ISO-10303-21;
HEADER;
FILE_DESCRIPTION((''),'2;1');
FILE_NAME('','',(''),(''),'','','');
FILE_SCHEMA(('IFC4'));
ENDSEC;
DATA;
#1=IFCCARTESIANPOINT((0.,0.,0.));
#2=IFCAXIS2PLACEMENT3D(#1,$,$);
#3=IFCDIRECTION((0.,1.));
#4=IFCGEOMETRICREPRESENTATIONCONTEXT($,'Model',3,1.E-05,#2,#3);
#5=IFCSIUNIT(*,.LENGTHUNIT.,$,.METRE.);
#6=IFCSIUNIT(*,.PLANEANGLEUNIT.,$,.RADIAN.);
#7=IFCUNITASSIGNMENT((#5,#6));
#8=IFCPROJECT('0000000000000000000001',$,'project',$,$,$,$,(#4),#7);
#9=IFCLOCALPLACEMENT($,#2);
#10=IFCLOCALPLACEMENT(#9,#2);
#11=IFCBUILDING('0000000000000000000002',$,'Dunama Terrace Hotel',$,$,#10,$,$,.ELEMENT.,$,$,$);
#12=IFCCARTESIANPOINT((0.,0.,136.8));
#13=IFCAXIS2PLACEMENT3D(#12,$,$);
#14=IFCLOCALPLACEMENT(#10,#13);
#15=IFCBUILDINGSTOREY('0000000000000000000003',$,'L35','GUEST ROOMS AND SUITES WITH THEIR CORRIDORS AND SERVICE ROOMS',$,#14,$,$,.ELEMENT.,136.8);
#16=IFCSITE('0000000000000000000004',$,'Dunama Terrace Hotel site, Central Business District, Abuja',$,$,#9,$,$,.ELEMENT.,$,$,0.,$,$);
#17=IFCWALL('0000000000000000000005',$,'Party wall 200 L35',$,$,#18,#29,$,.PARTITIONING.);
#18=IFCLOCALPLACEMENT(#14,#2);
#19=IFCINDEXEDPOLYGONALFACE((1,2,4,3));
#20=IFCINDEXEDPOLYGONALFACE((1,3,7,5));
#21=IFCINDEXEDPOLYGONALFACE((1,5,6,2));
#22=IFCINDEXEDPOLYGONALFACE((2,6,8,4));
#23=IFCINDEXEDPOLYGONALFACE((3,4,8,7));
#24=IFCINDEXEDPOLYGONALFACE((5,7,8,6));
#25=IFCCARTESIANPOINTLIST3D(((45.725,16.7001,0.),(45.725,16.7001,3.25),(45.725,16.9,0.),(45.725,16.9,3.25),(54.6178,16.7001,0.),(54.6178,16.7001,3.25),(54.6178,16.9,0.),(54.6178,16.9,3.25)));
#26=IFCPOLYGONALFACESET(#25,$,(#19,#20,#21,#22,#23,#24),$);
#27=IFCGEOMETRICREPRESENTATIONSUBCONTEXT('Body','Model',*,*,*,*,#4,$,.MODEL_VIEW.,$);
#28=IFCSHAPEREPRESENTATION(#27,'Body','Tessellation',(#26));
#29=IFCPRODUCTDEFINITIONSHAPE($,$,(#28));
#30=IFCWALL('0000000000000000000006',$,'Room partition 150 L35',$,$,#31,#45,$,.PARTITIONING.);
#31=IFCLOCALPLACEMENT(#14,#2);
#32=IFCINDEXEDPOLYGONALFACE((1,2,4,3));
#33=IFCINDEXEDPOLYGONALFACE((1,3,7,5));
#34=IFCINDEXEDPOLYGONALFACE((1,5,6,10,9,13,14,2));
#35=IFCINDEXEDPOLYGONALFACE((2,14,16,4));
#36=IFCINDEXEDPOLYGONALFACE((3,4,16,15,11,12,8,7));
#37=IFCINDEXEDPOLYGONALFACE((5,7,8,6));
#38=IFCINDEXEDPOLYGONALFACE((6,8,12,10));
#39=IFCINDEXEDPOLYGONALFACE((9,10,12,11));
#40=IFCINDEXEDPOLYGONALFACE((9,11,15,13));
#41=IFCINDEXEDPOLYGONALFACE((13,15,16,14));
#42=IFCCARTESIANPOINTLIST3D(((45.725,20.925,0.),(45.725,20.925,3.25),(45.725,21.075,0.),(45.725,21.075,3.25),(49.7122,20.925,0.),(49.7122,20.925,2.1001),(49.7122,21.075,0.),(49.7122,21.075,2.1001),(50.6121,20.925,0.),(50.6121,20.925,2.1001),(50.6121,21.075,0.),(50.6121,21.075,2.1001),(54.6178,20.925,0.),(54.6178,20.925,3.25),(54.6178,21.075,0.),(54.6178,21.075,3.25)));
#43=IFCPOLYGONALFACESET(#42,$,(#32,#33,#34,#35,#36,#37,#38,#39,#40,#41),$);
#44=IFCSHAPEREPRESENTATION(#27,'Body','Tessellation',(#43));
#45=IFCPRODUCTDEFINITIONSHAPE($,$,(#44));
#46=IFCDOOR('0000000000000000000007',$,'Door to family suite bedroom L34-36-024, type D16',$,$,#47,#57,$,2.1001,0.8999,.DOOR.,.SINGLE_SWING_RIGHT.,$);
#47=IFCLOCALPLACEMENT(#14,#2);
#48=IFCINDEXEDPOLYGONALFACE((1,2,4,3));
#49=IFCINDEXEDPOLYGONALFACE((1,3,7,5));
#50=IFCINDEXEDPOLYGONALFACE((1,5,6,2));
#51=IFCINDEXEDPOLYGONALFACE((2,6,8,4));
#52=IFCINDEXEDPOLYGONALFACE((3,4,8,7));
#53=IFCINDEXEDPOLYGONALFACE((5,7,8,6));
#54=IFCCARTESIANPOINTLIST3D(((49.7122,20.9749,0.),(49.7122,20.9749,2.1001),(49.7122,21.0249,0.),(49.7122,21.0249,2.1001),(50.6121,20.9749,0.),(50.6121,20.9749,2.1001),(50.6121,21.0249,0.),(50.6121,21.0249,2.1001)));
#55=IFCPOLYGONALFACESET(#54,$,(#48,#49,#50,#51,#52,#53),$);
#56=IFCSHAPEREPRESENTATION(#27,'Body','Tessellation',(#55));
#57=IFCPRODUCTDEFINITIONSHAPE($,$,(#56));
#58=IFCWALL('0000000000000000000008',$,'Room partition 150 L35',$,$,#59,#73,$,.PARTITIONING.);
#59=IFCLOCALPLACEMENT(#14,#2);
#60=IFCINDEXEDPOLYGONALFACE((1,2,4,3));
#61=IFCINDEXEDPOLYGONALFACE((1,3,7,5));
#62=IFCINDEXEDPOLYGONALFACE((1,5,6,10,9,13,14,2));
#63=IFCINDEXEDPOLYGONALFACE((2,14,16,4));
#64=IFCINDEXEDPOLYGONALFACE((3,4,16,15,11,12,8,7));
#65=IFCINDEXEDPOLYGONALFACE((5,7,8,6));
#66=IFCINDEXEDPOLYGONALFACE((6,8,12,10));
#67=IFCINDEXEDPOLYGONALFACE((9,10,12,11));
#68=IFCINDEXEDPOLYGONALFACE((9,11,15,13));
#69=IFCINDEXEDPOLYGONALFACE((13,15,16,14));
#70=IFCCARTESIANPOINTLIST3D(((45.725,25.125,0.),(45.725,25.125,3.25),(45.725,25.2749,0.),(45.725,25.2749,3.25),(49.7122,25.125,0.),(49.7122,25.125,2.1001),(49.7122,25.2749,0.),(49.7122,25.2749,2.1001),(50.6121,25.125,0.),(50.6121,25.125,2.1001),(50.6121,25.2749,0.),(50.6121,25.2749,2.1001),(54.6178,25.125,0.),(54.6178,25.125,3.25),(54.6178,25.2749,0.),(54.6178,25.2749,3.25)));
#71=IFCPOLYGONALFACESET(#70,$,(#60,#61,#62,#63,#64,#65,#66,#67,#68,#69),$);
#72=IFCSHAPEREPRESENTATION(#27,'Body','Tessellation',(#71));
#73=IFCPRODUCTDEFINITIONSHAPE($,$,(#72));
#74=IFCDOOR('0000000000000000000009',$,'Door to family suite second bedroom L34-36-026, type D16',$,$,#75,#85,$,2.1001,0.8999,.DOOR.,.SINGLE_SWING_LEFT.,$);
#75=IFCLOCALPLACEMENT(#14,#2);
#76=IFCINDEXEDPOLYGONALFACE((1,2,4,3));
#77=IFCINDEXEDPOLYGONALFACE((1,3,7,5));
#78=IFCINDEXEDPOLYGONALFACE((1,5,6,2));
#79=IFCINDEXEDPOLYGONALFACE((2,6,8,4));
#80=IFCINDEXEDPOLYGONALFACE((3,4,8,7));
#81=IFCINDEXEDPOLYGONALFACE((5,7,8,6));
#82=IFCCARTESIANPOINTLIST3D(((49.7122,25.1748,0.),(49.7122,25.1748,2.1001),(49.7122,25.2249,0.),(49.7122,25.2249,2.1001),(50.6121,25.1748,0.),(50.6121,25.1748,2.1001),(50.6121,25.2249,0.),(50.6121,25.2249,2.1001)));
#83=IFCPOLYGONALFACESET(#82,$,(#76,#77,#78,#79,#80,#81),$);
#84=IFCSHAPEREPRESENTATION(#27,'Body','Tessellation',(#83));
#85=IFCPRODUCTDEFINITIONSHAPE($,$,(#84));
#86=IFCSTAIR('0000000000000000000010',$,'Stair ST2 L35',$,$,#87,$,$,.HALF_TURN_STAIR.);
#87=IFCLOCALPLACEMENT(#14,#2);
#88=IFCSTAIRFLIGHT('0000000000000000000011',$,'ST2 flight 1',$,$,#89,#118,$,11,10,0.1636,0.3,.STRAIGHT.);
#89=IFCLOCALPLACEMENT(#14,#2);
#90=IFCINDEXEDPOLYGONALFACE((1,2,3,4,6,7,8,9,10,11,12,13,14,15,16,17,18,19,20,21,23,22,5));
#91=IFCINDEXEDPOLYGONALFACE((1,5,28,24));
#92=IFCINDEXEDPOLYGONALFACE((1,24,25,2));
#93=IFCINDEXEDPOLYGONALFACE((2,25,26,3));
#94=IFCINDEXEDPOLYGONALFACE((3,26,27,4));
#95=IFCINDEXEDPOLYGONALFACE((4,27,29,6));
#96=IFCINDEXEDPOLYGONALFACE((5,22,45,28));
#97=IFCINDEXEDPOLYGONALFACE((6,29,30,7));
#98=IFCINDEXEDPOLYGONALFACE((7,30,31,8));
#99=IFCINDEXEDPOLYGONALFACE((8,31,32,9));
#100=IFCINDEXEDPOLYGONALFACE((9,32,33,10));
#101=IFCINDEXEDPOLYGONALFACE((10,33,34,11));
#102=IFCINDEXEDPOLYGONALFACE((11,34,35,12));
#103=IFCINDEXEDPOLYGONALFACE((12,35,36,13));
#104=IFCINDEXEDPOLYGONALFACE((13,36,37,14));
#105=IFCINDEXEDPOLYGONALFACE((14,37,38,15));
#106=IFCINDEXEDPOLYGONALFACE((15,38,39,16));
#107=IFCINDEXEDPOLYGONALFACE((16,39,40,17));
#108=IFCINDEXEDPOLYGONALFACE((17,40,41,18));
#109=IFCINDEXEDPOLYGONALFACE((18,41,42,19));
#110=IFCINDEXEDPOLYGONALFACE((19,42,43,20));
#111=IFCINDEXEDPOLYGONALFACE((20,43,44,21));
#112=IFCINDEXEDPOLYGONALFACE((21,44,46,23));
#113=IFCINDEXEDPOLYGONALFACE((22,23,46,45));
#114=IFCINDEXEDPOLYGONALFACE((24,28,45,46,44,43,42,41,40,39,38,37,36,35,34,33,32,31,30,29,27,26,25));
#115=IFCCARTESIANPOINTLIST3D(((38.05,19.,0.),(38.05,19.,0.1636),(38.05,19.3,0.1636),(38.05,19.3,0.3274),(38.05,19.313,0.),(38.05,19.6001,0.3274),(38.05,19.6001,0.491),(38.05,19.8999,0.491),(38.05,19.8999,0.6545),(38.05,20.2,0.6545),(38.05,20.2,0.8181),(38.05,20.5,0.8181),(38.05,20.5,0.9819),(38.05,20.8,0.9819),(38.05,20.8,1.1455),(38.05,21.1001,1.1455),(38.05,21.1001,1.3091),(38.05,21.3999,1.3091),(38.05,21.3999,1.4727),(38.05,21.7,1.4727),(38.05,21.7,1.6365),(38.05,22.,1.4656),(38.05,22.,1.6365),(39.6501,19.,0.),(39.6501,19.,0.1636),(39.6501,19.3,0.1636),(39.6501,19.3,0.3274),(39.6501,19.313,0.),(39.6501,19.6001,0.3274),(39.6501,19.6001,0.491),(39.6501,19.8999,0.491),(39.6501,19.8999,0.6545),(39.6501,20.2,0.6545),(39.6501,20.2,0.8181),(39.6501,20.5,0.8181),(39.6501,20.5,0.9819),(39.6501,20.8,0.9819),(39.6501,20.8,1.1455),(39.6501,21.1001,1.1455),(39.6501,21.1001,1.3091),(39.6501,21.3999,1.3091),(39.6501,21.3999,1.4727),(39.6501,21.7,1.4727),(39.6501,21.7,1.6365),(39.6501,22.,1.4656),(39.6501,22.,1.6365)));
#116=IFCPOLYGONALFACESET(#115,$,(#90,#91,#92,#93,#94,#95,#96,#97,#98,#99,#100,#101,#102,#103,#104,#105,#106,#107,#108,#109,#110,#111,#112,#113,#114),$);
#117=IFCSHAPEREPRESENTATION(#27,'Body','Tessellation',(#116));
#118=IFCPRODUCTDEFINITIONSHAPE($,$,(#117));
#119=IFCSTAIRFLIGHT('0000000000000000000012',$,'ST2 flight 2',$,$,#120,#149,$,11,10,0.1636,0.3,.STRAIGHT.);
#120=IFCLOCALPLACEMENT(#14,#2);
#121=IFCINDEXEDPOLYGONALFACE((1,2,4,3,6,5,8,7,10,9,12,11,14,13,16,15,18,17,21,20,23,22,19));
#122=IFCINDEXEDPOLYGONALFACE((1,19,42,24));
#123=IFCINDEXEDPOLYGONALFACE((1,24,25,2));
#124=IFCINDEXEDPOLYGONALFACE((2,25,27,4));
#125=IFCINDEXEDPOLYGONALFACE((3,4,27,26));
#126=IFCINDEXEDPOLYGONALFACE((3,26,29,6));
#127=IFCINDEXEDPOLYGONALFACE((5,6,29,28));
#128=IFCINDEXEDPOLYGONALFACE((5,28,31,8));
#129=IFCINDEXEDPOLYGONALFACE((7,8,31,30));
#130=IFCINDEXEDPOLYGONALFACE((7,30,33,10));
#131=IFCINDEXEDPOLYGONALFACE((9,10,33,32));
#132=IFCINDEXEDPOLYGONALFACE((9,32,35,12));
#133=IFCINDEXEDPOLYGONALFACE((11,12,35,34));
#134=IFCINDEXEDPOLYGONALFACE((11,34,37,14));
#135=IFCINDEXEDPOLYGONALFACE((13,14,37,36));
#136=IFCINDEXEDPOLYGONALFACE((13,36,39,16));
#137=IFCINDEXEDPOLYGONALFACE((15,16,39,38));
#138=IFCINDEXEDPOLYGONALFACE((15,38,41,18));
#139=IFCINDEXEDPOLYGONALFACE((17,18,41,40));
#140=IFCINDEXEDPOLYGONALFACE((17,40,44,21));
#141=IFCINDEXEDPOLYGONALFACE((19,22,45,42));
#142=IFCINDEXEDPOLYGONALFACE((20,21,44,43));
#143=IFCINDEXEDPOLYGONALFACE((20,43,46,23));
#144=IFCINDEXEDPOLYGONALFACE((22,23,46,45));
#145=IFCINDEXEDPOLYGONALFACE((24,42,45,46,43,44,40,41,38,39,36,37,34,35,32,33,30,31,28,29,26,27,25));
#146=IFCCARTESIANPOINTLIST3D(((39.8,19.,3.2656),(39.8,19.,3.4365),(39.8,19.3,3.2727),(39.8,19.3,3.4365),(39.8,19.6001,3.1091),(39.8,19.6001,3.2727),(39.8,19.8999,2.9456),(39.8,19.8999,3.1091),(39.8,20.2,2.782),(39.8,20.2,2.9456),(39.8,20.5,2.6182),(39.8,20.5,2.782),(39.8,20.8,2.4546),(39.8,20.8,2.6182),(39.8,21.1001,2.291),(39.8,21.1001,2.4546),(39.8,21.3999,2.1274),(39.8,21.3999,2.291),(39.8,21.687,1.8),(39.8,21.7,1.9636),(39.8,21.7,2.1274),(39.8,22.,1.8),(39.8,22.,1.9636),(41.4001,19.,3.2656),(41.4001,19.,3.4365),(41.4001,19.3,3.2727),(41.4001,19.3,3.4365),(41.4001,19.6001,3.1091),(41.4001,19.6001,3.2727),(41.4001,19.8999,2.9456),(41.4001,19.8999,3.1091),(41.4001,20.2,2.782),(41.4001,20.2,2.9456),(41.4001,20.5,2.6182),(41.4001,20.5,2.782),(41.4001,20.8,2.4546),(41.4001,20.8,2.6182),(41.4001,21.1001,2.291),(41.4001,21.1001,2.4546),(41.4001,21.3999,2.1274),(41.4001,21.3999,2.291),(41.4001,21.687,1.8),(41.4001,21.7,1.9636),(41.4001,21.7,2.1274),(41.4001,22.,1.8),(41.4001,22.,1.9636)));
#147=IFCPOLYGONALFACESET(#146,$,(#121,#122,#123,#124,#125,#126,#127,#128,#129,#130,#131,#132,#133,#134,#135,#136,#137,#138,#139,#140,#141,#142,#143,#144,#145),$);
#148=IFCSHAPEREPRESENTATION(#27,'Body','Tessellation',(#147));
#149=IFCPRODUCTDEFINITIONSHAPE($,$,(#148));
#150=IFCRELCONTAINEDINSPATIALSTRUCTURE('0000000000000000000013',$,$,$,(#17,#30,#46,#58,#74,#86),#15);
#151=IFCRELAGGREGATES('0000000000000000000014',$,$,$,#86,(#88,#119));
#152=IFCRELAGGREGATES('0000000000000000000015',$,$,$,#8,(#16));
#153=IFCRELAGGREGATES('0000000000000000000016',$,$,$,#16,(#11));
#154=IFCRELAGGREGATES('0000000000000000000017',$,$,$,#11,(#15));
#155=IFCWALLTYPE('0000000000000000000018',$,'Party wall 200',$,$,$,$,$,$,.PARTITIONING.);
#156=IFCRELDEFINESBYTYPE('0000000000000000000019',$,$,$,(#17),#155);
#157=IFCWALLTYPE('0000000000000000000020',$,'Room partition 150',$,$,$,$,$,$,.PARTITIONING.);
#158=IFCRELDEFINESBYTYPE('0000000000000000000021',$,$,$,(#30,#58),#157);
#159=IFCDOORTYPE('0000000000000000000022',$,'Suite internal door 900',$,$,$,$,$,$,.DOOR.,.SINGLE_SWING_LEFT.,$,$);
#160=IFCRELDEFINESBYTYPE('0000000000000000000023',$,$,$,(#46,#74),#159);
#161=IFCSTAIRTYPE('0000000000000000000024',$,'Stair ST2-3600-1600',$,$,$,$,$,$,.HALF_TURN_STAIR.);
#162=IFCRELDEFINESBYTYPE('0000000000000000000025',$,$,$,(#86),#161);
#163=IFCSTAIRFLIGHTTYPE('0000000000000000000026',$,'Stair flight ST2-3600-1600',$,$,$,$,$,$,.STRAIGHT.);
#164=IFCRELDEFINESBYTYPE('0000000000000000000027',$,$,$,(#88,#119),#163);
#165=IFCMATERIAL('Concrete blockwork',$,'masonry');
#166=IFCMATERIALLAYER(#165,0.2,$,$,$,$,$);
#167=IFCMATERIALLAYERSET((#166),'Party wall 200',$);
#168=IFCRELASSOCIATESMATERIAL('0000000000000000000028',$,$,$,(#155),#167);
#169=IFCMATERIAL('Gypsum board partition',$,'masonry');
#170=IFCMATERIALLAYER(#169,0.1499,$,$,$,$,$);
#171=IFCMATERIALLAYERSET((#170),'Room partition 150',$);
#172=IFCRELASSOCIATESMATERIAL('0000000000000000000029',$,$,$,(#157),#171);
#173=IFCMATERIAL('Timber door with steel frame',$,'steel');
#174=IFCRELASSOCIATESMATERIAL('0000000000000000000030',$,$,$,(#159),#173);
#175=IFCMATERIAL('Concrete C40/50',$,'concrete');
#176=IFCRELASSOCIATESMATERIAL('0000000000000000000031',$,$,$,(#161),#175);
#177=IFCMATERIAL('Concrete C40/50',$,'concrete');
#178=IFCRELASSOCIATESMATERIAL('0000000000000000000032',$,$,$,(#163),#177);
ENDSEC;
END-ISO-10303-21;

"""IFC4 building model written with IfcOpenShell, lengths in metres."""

from ifc_helpers import new_model, si_unit, direction, frame, frame_2d, origin, place, context, subcontext, project, spatial, polyline, rectangle, outline, extrude, material, layer, layer_set, type_object, element, fill, aggregate, save


model = new_model("IFC4")

# Units and contexts
model_context = context("Model", 3, precision=1e-05, world=origin(), true_north=direction((0.0, 1.0)))
body_context = subcontext(model_context, "Body", "Model", "MODEL_VIEW")
ifc_project = project(units=[si_unit("LENGTHUNIT", "METRE"), si_unit("PLANEANGLEUNIT", "RADIAN")], contexts=[model_context])

# Site, building, storey
site_placement = place(None, origin())
site = spatial("IfcSite", under=ifc_project, at=site_placement, Name="Dunama Terrace Hotel site, Central Business District, Abuja", CompositionType="ELEMENT", RefElevation=0.0)
building_placement = place(site_placement, origin())
building = spatial("IfcBuilding", under=site, at=building_placement, Name="Dunama Terrace Hotel", CompositionType="ELEMENT")
storey_placement = place(building_placement, frame((0.0, 0.0, 136.8)))
storey = spatial("IfcBuildingStorey", under=building, at=storey_placement, Name="L35", Description="GUEST ROOMS AND SUITES WITH THEIR CORRIDORS AND SERVICE ROOMS", CompositionType="ELEMENT", Elevation=136.8)

# Wall
ifc_material_1 = material(Name="Concrete blockwork", Category="masonry")
ifc_layer_1 = layer(ifc_material_1, 0.2)
ifc_layer_set_1 = layer_set([ifc_layer_1], Name="Party wall 200")
wall_type_1 = type_object("IfcWallType", Name="Party wall 200", PredefinedType="PARTITIONING", material=ifc_layer_set_1)
wall_1_placement = place(storey_placement, frame((45.7251, 16.8, 0.0), z_axis=(0.0, 0.0, 1.0), x_axis=(1.0, 0.0, 0.0)))
element("IfcWall", 1, at=wall_1_placement, inside=storey, type_object=wall_type_1, Name="Party wall 200 L35", PredefinedType="PARTITIONING", context=body_context, shape_type="SweptSolid", body=[
    extrude(rectangle(XDim=8.8928, YDim=0.2, at=frame_2d((4.4463, 0.0))), origin(), (0.0, 0.0, 1.0), 3.25),
])

# Walls, openings, doors
ifc_material_2 = material(Name="Gypsum board partition", Category="masonry")
ifc_layer_2 = layer(ifc_material_2, 0.1499)
ifc_layer_set_2 = layer_set([ifc_layer_2], Name="Room partition 150")
wall_type_2 = type_object("IfcWallType", Name="Room partition 150", PredefinedType="PARTITIONING", material=ifc_layer_set_2)
wall_2_placement = place(storey_placement, frame((45.7251, 21.0, 0.0), z_axis=(0.0, 0.0, 1.0), x_axis=(1.0, 0.0, 0.0)))
wall_2 = element("IfcWall", 2, at=wall_2_placement, inside=storey, type_object=wall_type_2, Name="Room partition 150 L35", PredefinedType="PARTITIONING", context=body_context, shape_type="SweptSolid", body=[
    extrude(rectangle(XDim=8.8928, YDim=0.1499, at=frame_2d((4.4463, 0.0))), origin(), (0.0, 0.0, 1.0), 3.25),
])
opening_1_placement = place(wall_2_placement, frame((3.9871, 0.0, 0.0)))
opening_1 = element("IfcOpeningElement", 3, at=opening_1_placement, cuts=wall_2, PredefinedType="OPENING", context=body_context, shape_type="SweptSolid", body=[
    extrude(rectangle(XDim=0.8999, YDim=2.1001, at=frame_2d((0.45, 1.05))), frame((0.0, 0.085, 0.0), z_axis=(0.0, -1.0, 0.0), x_axis=(1.0, 0.0, 0.0)), (0.0, 0.0, 1.0), 0.1699),
])
ifc_material_3 = material(Name="Timber door with steel frame", Category="steel")
door_type_1 = type_object("IfcDoorType", Name="Suite internal door 900", OperationType="SINGLE_SWING_LEFT", PredefinedType="DOOR", material=ifc_material_3)
door_1_placement = place(opening_1_placement, frame((0.8999, 0.0, 0.0), z_axis=(0.0, 0.0, 1.0), x_axis=(-1.0, 0.0, 0.0)))
door_1 = element("IfcDoor", 4, at=door_1_placement, inside=storey, type_object=door_type_1, Name="Door to family suite bedroom L34-36-024, type D16", OperationType="SINGLE_SWING_RIGHT", OverallHeight=2.1001, OverallWidth=0.8999, PredefinedType="DOOR", context=body_context, shape_type="SweptSolid", body=[
    extrude(rectangle(XDim=0.8999, YDim=2.1001, at=frame_2d((0.45, 1.05))), frame((0.0, 0.0251, 0.0), z_axis=(0.0, -1.0, 0.0), x_axis=(1.0, 0.0, 0.0)), (0.0, 0.0, 1.0), 0.05),
])
fill(opening_1, door_1)
wall_3_placement = place(storey_placement, frame((45.7251, 25.2, 0.0), z_axis=(0.0, 0.0, 1.0), x_axis=(1.0, 0.0, 0.0)))
wall_3 = element("IfcWall", 5, at=wall_3_placement, inside=storey, type_object=wall_type_2, Name="Room partition 150 L35", PredefinedType="PARTITIONING", context=body_context, shape_type="SweptSolid", body=[
    extrude(rectangle(XDim=8.8928, YDim=0.1499, at=frame_2d((4.4463, 0.0))), origin(), (0.0, 0.0, 1.0), 3.25),
])
opening_2_placement = place(wall_3_placement, frame((3.9871, 0.0, 0.0)))
opening_2 = element("IfcOpeningElement", 6, at=opening_2_placement, cuts=wall_3, PredefinedType="OPENING", context=body_context, shape_type="SweptSolid", body=[
    extrude(rectangle(XDim=0.8999, YDim=2.1001, at=frame_2d((0.45, 1.05))), frame((0.0, 0.085, 0.0), z_axis=(0.0, -1.0, 0.0), x_axis=(1.0, 0.0, 0.0)), (0.0, 0.0, 1.0), 0.1699),
])
door_2_placement = place(opening_2_placement, origin())
door_2 = element("IfcDoor", 7, at=door_2_placement, inside=storey, type_object=door_type_1, Name="Door to family suite second bedroom L34-36-026, type D16", OperationType="SINGLE_SWING_LEFT", OverallHeight=2.1001, OverallWidth=0.8999, PredefinedType="DOOR", context=body_context, shape_type="SweptSolid", body=[
    extrude(rectangle(XDim=0.8999, YDim=2.1001, at=frame_2d((0.45, 1.05))), frame((0.0, 0.0249, 0.0), z_axis=(0.0, -1.0, 0.0), x_axis=(1.0, 0.0, 0.0)), (0.0, 0.0, 1.0), 0.05),
])
fill(opening_2, door_2)

# Stair, stair flights
ifc_material_4 = material(Name="Concrete C40/50", Category="concrete")
stair_type = type_object("IfcStairType", Name="Stair ST2-3600-1600", PredefinedType="HALF_TURN_STAIR", material=ifc_material_4)
stair_placement = place(storey_placement, origin())
stair = element("IfcStair", 8, at=stair_placement, inside=storey, type_object=stair_type, Name="Stair ST2 L35", PredefinedType="HALF_TURN_STAIR")
ifc_material_5 = material(Name="Concrete C40/50", Category="concrete")
stair_flight_type = type_object("IfcStairFlightType", Name="Stair flight ST2-3600-1600", PredefinedType="STRAIGHT", material=ifc_material_5)
stair_flight_1_placement = place(storey_placement, frame((38.8501, 19.0, 0.0), z_axis=(0.0, 0.0, 1.0), x_axis=(0.0, 1.0, 0.0)))
stair_flight_1 = element("IfcStairFlight", 9, at=stair_flight_1_placement, type_object=stair_flight_type, Name="ST2 flight 1", NumberOfRisers=11, NumberOfTreads=10, PredefinedType="STRAIGHT", RiserHeight=0.1636, TreadLength=0.3, context=body_context, shape_type="SweptSolid", body=[
    extrude(outline(polyline([(0.0, 0.0), (0.0, 0.1636), (0.3, 0.1636), (0.3, 0.3274), (0.6001, 0.3274), (0.6001, 0.491), (0.8999, 0.491), (0.8999, 0.6545), (1.2, 0.6545), (1.2, 0.8181), (1.5, 0.8181), (1.5, 0.9819), (1.8, 0.9819), (1.8, 1.1455), (2.1001, 1.1455), (2.1001, 1.3091), (2.3999, 1.3091), (2.3999, 1.4727), (2.7, 1.4727), (2.7, 1.6365), (3.0, 1.6365), (3.0, 1.8), (3.0, 1.4656), (0.313, 0.0), (0.0, 0.0)])), frame((0.0, 0.8, 0.0), z_axis=(0.0, -1.0, 0.0), x_axis=(1.0, 0.0, 0.0)), (0.0, 0.0, 1.0), 1.6001),
])
stair_flight_2_placement = place(storey_placement, frame((40.6001, 22.0, 1.8), z_axis=(0.0, 0.0, 1.0), x_axis=(0.0, -1.0, 0.0)))
stair_flight_2 = element("IfcStairFlight", 10, at=stair_flight_2_placement, type_object=stair_flight_type, Name="ST2 flight 2", NumberOfRisers=11, NumberOfTreads=10, PredefinedType="STRAIGHT", RiserHeight=0.1636, TreadLength=0.3, context=body_context, shape_type="SweptSolid", body=[
    extrude(outline(polyline([(0.0, 0.0), (0.0, 0.1636), (0.3, 0.1636), (0.3, 0.3274), (0.6001, 0.3274), (0.6001, 0.491), (0.8999, 0.491), (0.8999, 0.6545), (1.2, 0.6545), (1.2, 0.8181), (1.5, 0.8181), (1.5, 0.9819), (1.8, 0.9819), (1.8, 1.1455), (2.1001, 1.1455), (2.1001, 1.3091), (2.3999, 1.3091), (2.3999, 1.4727), (2.7, 1.4727), (2.7, 1.6365), (3.0, 1.6365), (3.0, 1.8), (3.0, 1.4656), (0.313, 0.0), (0.0, 0.0)])), frame((0.0, 0.8, 0.0), z_axis=(0.0, -1.0, 0.0), x_axis=(1.0, 0.0, 0.0)), (0.0, 0.0, 1.0), 1.6001),
])
aggregate(stair, [stair_flight_1, stair_flight_2])

save(model, "model.ifc")
